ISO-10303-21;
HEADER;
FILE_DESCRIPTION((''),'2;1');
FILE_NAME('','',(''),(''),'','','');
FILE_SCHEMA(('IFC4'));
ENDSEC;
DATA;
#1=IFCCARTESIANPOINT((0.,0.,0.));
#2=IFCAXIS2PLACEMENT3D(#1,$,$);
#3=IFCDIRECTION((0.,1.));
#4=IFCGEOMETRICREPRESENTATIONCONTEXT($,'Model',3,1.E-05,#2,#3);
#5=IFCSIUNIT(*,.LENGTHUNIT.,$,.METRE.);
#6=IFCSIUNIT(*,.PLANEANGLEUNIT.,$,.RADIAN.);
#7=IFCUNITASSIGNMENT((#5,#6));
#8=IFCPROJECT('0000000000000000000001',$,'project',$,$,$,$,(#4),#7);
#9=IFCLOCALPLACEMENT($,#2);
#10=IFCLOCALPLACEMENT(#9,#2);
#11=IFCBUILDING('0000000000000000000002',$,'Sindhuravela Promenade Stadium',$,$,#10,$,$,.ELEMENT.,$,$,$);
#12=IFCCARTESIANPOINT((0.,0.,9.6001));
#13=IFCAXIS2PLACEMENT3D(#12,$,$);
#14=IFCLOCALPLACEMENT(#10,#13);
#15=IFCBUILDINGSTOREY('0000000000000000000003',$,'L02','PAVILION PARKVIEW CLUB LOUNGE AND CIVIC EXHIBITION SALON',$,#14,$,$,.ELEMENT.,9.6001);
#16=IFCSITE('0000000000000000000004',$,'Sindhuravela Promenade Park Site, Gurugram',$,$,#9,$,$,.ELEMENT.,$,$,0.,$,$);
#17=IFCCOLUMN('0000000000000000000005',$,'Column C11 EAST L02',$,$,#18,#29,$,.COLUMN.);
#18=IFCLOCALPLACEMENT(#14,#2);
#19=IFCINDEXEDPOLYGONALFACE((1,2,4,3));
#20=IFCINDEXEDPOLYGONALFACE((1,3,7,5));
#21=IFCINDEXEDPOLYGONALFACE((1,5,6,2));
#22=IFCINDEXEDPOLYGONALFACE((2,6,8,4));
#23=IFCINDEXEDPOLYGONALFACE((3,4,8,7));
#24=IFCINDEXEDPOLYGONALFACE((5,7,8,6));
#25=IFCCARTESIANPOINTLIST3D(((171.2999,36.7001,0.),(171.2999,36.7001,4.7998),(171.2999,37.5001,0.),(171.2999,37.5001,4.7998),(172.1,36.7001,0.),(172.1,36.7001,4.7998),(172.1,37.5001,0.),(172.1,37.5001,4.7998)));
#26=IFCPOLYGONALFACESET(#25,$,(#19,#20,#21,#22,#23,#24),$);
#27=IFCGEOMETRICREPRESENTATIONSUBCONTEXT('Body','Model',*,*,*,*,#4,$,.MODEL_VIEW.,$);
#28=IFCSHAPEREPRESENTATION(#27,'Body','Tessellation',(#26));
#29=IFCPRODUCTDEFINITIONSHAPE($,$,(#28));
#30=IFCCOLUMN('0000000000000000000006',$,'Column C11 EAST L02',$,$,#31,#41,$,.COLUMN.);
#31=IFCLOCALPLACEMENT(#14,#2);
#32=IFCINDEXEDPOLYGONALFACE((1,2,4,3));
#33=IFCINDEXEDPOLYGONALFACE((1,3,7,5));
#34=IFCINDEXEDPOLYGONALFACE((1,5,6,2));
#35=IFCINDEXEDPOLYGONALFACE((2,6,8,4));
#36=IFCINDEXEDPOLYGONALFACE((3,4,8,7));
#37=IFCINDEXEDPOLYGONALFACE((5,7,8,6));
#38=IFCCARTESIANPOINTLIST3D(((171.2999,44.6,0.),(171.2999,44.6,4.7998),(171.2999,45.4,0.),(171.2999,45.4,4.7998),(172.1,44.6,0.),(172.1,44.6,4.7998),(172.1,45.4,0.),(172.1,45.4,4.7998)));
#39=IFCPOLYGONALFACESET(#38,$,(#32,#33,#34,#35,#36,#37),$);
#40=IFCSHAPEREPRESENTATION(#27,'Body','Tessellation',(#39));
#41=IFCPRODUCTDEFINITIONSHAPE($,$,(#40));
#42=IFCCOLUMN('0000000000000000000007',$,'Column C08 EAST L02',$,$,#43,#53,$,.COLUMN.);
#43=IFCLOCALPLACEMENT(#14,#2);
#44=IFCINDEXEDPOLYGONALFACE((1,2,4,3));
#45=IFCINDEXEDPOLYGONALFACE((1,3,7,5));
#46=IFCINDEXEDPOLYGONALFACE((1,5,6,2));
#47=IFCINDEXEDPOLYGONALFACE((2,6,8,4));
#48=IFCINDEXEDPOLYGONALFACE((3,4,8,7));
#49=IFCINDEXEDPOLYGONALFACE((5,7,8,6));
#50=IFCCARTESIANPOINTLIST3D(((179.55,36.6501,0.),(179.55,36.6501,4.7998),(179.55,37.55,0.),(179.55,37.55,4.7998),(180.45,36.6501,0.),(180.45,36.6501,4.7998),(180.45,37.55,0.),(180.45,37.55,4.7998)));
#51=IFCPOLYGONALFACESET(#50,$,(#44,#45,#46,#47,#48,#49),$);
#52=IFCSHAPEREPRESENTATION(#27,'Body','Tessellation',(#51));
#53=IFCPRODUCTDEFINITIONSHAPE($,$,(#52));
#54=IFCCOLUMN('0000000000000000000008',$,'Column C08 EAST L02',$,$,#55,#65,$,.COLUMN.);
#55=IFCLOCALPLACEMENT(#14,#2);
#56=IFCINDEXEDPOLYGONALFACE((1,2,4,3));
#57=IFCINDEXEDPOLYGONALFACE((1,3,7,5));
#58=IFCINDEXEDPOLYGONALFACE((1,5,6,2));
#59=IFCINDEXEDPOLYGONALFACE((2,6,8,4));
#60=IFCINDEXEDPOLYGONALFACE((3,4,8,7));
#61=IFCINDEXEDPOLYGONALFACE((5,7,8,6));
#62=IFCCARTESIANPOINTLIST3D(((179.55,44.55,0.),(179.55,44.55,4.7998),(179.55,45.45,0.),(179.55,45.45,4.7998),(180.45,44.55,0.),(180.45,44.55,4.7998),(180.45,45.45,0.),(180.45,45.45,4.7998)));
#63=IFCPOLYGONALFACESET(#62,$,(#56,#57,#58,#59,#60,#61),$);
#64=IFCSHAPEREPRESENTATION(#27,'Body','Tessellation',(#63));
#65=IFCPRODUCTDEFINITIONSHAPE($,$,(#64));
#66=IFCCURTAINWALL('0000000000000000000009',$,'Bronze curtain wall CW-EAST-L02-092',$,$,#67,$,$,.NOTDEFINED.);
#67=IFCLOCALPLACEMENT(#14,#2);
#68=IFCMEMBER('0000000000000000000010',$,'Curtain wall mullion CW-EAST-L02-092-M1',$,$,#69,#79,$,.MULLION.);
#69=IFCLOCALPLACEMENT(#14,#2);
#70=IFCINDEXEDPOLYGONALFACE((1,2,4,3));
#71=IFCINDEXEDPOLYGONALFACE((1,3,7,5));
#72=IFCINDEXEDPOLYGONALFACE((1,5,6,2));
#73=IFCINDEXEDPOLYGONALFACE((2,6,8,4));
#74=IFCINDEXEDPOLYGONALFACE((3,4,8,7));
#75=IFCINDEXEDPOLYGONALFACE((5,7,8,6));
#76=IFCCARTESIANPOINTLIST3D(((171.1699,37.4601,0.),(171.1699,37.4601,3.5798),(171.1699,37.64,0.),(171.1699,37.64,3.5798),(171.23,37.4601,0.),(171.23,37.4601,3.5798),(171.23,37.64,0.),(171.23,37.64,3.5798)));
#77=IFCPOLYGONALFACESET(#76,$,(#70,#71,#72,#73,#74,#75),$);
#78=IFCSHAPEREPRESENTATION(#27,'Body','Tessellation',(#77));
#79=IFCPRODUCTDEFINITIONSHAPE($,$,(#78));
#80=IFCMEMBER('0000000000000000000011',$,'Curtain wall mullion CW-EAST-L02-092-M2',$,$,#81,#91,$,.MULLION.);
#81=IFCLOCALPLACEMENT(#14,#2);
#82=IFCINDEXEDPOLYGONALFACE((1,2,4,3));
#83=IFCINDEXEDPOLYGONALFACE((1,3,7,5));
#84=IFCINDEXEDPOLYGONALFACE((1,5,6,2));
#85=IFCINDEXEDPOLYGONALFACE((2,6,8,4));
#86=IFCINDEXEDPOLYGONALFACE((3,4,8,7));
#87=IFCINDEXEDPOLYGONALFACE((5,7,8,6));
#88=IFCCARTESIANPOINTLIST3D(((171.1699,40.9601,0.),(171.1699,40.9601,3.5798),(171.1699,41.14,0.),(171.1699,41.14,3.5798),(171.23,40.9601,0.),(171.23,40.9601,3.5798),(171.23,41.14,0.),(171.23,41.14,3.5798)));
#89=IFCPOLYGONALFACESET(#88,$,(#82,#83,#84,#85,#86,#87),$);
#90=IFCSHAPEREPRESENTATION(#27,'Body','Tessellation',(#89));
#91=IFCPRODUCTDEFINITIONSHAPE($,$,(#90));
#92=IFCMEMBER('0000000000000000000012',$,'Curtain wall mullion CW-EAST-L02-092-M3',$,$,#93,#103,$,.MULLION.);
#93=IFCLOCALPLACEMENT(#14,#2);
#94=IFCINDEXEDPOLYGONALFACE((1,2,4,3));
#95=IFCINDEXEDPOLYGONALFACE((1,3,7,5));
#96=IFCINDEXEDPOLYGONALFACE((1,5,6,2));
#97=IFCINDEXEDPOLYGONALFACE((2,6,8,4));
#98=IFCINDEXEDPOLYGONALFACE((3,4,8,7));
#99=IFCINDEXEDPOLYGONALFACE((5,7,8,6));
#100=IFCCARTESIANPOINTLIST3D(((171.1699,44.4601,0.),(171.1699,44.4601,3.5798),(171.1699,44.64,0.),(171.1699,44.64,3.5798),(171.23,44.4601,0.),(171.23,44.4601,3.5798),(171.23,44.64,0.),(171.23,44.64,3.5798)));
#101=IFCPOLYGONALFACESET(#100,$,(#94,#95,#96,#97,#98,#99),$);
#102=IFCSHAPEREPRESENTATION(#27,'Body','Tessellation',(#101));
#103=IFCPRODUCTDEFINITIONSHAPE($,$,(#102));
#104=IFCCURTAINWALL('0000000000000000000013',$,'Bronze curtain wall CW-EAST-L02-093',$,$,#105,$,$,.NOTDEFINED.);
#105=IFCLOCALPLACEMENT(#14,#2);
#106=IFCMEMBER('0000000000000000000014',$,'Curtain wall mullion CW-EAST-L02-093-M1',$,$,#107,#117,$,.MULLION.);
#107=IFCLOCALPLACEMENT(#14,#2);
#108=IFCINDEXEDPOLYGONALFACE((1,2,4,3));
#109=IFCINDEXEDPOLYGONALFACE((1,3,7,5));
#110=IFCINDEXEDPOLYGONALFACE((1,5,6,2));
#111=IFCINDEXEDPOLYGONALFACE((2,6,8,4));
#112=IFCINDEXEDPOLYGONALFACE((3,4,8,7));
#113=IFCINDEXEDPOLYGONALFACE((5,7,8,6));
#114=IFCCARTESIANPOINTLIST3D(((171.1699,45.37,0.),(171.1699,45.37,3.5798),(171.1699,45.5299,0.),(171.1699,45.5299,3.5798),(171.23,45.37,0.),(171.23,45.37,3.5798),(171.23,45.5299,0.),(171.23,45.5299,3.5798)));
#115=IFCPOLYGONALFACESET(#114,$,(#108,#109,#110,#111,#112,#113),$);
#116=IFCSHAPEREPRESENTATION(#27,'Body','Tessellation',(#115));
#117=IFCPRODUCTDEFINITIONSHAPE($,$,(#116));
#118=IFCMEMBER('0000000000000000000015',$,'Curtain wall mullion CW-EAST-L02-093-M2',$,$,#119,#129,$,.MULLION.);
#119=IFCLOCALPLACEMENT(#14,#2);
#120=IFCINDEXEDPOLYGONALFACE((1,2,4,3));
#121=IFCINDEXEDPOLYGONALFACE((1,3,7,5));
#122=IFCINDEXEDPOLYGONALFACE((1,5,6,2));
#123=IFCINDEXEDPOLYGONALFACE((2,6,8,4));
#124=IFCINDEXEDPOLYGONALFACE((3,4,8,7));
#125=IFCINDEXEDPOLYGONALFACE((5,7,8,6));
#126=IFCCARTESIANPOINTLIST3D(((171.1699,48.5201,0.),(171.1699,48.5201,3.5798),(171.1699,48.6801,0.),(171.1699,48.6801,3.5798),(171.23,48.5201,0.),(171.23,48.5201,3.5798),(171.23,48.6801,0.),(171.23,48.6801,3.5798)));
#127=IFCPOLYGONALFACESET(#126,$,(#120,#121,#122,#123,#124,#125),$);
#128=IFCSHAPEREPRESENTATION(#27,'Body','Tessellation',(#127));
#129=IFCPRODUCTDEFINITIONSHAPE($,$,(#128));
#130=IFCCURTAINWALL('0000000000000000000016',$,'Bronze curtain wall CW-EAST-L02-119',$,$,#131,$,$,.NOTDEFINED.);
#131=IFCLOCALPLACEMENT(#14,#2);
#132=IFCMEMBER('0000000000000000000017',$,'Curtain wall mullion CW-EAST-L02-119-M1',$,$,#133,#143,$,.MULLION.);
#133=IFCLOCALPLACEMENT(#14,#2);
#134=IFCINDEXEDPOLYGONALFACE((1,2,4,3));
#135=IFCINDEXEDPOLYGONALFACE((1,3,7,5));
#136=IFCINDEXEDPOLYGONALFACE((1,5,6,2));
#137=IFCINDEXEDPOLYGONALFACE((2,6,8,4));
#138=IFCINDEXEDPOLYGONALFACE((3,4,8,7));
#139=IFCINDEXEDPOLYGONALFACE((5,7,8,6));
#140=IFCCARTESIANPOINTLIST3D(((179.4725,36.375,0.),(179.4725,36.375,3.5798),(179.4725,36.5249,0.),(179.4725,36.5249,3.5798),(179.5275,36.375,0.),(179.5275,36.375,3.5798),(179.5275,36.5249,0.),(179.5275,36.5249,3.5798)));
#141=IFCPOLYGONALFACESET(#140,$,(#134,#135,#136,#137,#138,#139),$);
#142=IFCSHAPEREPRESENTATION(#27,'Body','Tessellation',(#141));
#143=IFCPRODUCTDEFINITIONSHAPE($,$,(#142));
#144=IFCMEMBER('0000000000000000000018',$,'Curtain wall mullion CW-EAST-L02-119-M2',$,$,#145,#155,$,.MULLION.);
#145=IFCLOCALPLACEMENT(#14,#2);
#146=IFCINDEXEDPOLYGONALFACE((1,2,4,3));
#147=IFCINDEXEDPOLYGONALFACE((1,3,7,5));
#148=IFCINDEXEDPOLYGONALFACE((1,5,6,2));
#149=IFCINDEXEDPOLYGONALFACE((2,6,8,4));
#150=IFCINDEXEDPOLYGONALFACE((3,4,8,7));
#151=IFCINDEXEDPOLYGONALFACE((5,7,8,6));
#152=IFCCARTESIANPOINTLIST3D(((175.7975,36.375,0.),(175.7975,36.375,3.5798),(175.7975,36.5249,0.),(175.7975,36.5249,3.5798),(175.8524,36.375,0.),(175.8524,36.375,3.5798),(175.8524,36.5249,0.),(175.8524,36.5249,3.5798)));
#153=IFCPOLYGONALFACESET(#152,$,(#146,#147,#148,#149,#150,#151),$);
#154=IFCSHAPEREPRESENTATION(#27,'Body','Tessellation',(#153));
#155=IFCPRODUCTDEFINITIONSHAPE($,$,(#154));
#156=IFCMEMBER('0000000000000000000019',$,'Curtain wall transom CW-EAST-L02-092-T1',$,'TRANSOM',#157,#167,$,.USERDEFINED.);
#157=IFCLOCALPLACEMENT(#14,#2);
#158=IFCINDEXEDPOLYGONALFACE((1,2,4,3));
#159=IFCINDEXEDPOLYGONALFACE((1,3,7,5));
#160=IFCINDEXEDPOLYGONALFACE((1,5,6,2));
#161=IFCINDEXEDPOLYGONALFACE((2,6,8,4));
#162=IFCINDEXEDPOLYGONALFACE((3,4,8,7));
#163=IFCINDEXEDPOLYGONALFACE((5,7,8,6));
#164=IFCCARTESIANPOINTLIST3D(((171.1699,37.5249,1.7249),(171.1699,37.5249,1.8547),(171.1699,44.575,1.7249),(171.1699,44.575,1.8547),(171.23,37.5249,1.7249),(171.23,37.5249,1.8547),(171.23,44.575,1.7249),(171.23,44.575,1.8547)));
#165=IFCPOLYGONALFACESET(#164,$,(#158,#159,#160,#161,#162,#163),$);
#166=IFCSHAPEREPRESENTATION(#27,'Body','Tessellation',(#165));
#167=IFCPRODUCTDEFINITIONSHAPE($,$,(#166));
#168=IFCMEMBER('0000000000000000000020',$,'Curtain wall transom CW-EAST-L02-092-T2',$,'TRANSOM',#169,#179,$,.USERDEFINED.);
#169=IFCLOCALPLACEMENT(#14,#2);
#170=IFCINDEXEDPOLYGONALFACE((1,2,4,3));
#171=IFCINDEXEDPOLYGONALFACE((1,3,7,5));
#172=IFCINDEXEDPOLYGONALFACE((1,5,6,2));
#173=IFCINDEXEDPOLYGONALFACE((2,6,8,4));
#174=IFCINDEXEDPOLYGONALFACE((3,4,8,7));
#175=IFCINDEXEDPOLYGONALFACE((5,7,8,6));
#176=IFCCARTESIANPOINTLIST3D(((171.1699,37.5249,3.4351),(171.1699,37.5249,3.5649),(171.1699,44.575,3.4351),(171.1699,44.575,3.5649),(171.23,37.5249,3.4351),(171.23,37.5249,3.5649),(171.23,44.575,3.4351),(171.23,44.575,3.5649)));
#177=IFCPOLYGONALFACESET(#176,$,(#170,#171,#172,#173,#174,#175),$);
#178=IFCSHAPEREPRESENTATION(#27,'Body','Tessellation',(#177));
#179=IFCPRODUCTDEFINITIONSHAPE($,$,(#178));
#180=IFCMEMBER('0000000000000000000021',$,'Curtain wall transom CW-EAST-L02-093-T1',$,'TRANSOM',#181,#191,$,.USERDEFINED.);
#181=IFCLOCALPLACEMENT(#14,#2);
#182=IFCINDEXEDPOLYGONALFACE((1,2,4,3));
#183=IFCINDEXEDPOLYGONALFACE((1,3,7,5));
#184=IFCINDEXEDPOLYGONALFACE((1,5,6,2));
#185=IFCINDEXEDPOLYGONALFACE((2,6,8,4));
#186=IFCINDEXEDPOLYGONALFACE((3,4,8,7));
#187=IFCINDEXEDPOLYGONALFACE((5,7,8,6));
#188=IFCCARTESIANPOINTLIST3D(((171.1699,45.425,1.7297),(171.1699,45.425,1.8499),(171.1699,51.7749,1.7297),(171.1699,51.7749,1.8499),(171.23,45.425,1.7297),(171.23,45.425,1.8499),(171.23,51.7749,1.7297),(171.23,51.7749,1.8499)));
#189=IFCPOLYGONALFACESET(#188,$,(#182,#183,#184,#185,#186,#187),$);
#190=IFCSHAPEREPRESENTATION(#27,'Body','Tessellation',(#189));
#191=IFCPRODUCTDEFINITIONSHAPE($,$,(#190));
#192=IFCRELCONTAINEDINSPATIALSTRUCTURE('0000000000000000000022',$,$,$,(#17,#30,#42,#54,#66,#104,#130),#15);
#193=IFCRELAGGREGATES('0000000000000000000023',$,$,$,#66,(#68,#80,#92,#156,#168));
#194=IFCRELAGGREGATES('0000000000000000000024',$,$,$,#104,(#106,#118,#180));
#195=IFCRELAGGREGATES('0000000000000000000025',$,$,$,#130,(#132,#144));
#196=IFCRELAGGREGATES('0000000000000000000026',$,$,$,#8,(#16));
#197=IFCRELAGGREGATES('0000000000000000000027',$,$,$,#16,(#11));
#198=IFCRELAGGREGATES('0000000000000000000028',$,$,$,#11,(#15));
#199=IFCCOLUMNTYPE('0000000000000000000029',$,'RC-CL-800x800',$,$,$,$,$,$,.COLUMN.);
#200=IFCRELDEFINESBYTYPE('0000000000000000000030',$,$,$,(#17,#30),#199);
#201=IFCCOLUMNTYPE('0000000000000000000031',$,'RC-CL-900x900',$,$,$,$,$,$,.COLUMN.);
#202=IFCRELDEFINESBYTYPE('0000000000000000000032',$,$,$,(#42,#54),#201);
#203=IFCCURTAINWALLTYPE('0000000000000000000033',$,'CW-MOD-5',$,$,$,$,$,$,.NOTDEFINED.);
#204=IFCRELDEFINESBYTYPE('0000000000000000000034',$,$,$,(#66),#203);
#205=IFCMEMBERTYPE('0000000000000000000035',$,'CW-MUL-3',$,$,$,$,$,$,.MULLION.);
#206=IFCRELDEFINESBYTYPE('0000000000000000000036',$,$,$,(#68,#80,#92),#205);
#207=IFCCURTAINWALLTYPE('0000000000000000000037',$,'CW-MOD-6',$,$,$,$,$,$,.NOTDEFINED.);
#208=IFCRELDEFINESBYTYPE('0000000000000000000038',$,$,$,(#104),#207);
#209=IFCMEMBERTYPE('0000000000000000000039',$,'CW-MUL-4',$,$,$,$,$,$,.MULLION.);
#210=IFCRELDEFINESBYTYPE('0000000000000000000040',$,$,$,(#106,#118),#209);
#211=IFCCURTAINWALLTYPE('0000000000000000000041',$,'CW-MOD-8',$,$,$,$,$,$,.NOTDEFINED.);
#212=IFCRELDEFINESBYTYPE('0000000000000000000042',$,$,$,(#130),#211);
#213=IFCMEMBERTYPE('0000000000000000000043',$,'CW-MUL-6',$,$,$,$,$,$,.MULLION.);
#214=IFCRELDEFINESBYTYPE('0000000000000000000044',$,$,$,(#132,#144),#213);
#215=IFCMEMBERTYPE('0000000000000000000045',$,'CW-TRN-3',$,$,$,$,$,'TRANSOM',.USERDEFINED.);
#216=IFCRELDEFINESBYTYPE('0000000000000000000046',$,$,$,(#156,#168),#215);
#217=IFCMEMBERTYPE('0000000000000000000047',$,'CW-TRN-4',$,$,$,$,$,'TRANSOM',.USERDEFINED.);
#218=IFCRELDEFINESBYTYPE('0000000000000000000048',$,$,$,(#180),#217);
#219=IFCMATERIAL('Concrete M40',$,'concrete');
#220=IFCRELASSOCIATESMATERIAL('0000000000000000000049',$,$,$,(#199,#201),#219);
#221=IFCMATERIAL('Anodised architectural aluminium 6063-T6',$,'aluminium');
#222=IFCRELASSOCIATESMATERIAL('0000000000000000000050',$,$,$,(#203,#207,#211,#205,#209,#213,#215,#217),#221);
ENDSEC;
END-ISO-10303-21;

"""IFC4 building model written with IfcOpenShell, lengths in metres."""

from ifc_helpers import new_model, si_unit, direction, frame, origin, origin_2d, place, context, subcontext, project, spatial, rectangle, extrude, material, material_profile, profile_set, type_object, element, aggregate, save


model = new_model("IFC4")

# Units and contexts
model_context = context("Model", 3, precision=1e-05, world=origin(), true_north=direction((0.0, 1.0)))
body_context = subcontext(model_context, "Body", "Model", "MODEL_VIEW")
ifc_project = project(units=[si_unit("LENGTHUNIT", "METRE"), si_unit("PLANEANGLEUNIT", "RADIAN")], contexts=[model_context])

# Site, building, storey
site_placement = place(None, origin())
site = spatial("IfcSite", under=ifc_project, at=site_placement, Name="Sindhuravela Promenade Park Site, Gurugram", CompositionType="ELEMENT", RefElevation=0.0)
building_placement = place(site_placement, origin())
building = spatial("IfcBuilding", under=site, at=building_placement, Name="Sindhuravela Promenade Stadium", CompositionType="ELEMENT")
storey_placement = place(building_placement, frame((0.0, 0.0, 9.6001)))
storey = spatial("IfcBuildingStorey", under=building, at=storey_placement, Name="L02", Description="PAVILION PARKVIEW CLUB LOUNGE AND CIVIC EXHIBITION SALON", CompositionType="ELEMENT", Elevation=9.6001)

# Columns
ifc_material_1 = material(Name="Concrete M40", Category="concrete")
ifc_material_profile_1 = material_profile(ifc_material_1, rectangle(XDim=0.8, YDim=0.8, at=origin_2d()), Name="RC 800x800")
ifc_profile_set_1 = profile_set([ifc_material_profile_1], Name="Concrete M40")
column_type_1 = type_object("IfcColumnType", Name="RC-CL-800x800", PredefinedType="COLUMN", material=ifc_profile_set_1)
for number, where, z_axis, x_axis, name in (
    (1, (171.7, 37.1001, 0.0), (0.0, 0.0, 1.0), (1.0, 0.0, 0.0), "Column C11 EAST L02"),
    (2, (171.7, 45.0, 0.0), (0.0, 0.0, 1.0), (1.0, 0.0, 0.0), "Column C11 EAST L02"),
):
    element("IfcColumn", number, at=place(storey_placement, frame(where, z_axis=z_axis, x_axis=x_axis)), inside=storey, type_object=column_type_1, Name=name, PredefinedType="COLUMN", context=body_context, shape_type="SweptSolid", body=[
        extrude(rectangle(XDim=0.8, YDim=0.8, at=origin_2d()), origin(), (0.0, 0.0, 1.0), 4.7998),
    ])
ifc_material_profile_2 = material_profile(ifc_material_1, rectangle(XDim=0.8999, YDim=0.8999, at=origin_2d()), Name="RC 900x900")
ifc_profile_set_2 = profile_set([ifc_material_profile_2], Name="Concrete M40")
column_type_2 = type_object("IfcColumnType", Name="RC-CL-900x900", PredefinedType="COLUMN", material=ifc_profile_set_2)
for number, where, z_axis, x_axis, name in (
    (3, (180.0, 37.1001, 0.0), (0.0, 0.0, 1.0), (1.0, 0.0, 0.0), "Column C08 EAST L02"),
    (4, (180.0, 45.0, 0.0), (0.0, 0.0, 1.0), (1.0, 0.0, 0.0), "Column C08 EAST L02"),
):
    element("IfcColumn", number, at=place(storey_placement, frame(where, z_axis=z_axis, x_axis=x_axis)), inside=storey, type_object=column_type_2, Name=name, PredefinedType="COLUMN", context=body_context, shape_type="SweptSolid", body=[
        extrude(rectangle(XDim=0.8999, YDim=0.8999, at=origin_2d()), origin(), (0.0, 0.0, 1.0), 4.7998),
    ])

# Curtain walls, members
ifc_material_2 = material(Name="Anodised architectural aluminium 6063-T6", Category="aluminium")
curtain_wall_type_1 = type_object("IfcCurtainWallType", Name="CW-MOD-5", PredefinedType="NOTDEFINED", material=ifc_material_2)
curtain_wall_1_placement = place(storey_placement, origin())
curtain_wall_1 = element("IfcCurtainWall", 5, at=curtain_wall_1_placement, inside=storey, type_object=curtain_wall_type_1, Name="Bronze curtain wall CW-EAST-L02-092", PredefinedType="NOTDEFINED")
ifc_material_profile_3 = material_profile(ifc_material_2, rectangle(XDim=0.0601, YDim=0.1799, at=origin_2d()), Name="ALU M60x180")
ifc_profile_set_3 = profile_set([ifc_material_profile_3], Name="Anodised architectural aluminium 6063-T6")
member_type_1 = type_object("IfcMemberType", Name="CW-MUL-3", PredefinedType="MULLION", material=ifc_profile_set_3)
member_1_placement = place(storey_placement, frame((171.2, 37.55, 0.0), z_axis=(0.0, 0.0, 1.0), x_axis=(1.0, 0.0, 0.0)))
member_1 = element("IfcMember", 6, at=member_1_placement, type_object=member_type_1, Name="Curtain wall mullion CW-EAST-L02-092-M1", PredefinedType="MULLION", context=body_context, shape_type="SweptSolid", body=[
    extrude(rectangle(XDim=0.0601, YDim=0.1799, at=origin_2d()), origin(), (0.0, 0.0, 1.0), 3.5798),
])
member_2_placement = place(storey_placement, frame((171.2, 41.05, 0.0), z_axis=(0.0, 0.0, 1.0), x_axis=(1.0, 0.0, 0.0)))
member_2 = element("IfcMember", 7, at=member_2_placement, type_object=member_type_1, Name="Curtain wall mullion CW-EAST-L02-092-M2", PredefinedType="MULLION", context=body_context, shape_type="SweptSolid", body=[
    extrude(rectangle(XDim=0.0601, YDim=0.1799, at=origin_2d()), origin(), (0.0, 0.0, 1.0), 3.5798),
])
member_3_placement = place(storey_placement, frame((171.2, 44.55, 0.0), z_axis=(0.0, 0.0, 1.0), x_axis=(1.0, 0.0, 0.0)))
member_3 = element("IfcMember", 8, at=member_3_placement, type_object=member_type_1, Name="Curtain wall mullion CW-EAST-L02-092-M3", PredefinedType="MULLION", context=body_context, shape_type="SweptSolid", body=[
    extrude(rectangle(XDim=0.0601, YDim=0.1799, at=origin_2d()), origin(), (0.0, 0.0, 1.0), 3.5798),
])
curtain_wall_type_2 = type_object("IfcCurtainWallType", Name="CW-MOD-6", PredefinedType="NOTDEFINED", material=ifc_material_2)
curtain_wall_2_placement = place(storey_placement, origin())
curtain_wall_2 = element("IfcCurtainWall", 9, at=curtain_wall_2_placement, inside=storey, type_object=curtain_wall_type_2, Name="Bronze curtain wall CW-EAST-L02-093", PredefinedType="NOTDEFINED")
ifc_material_profile_4 = material_profile(ifc_material_2, rectangle(XDim=0.0601, YDim=0.1599, at=origin_2d()), Name="ALU M60x160")
ifc_profile_set_4 = profile_set([ifc_material_profile_4], Name="Anodised architectural aluminium 6063-T6")
member_type_2 = type_object("IfcMemberType", Name="CW-MUL-4", PredefinedType="MULLION", material=ifc_profile_set_4)
member_4_placement = place(storey_placement, frame((171.2, 45.45, 0.0), z_axis=(0.0, 0.0, 1.0), x_axis=(1.0, 0.0, 0.0)))
member_4 = element("IfcMember", 10, at=member_4_placement, type_object=member_type_2, Name="Curtain wall mullion CW-EAST-L02-093-M1", PredefinedType="MULLION", context=body_context, shape_type="SweptSolid", body=[
    extrude(rectangle(XDim=0.0601, YDim=0.1599, at=origin_2d()), origin(), (0.0, 0.0, 1.0), 3.5798),
])
member_5_placement = place(storey_placement, frame((171.2, 48.6001, 0.0), z_axis=(0.0, 0.0, 1.0), x_axis=(1.0, 0.0, 0.0)))
member_5 = element("IfcMember", 11, at=member_5_placement, type_object=member_type_2, Name="Curtain wall mullion CW-EAST-L02-093-M2", PredefinedType="MULLION", context=body_context, shape_type="SweptSolid", body=[
    extrude(rectangle(XDim=0.0601, YDim=0.1599, at=origin_2d()), origin(), (0.0, 0.0, 1.0), 3.5798),
])
curtain_wall_type_3 = type_object("IfcCurtainWallType", Name="CW-MOD-8", PredefinedType="NOTDEFINED", material=ifc_material_2)
curtain_wall_3_placement = place(storey_placement, origin())
curtain_wall_3 = element("IfcCurtainWall", 12, at=curtain_wall_3_placement, inside=storey, type_object=curtain_wall_type_3, Name="Bronze curtain wall CW-EAST-L02-119", PredefinedType="NOTDEFINED")
ifc_material_profile_5 = material_profile(ifc_material_2, rectangle(XDim=0.0549, YDim=0.1499, at=origin_2d()), Name="ALU M55x150")
ifc_profile_set_5 = profile_set([ifc_material_profile_5], Name="Anodised architectural aluminium 6063-T6")
member_type_3 = type_object("IfcMemberType", Name="CW-MUL-6", PredefinedType="MULLION", material=ifc_profile_set_5)
member_6_placement = place(storey_placement, frame((179.5, 36.45, 0.0), z_axis=(0.0, 0.0, 1.0), x_axis=(1.0, 0.0, 0.0)))
member_6 = element("IfcMember", 13, at=member_6_placement, type_object=member_type_3, Name="Curtain wall mullion CW-EAST-L02-119-M1", PredefinedType="MULLION", context=body_context, shape_type="SweptSolid", body=[
    extrude(rectangle(XDim=0.0549, YDim=0.1499, at=origin_2d()), origin(), (0.0, 0.0, 1.0), 3.5798),
])
member_7_placement = place(storey_placement, frame((175.825, 36.45, 0.0), z_axis=(0.0, 0.0, 1.0), x_axis=(1.0, 0.0, 0.0)))
member_7 = element("IfcMember", 14, at=member_7_placement, type_object=member_type_3, Name="Curtain wall mullion CW-EAST-L02-119-M2", PredefinedType="MULLION", context=body_context, shape_type="SweptSolid", body=[
    extrude(rectangle(XDim=0.0549, YDim=0.1499, at=origin_2d()), origin(), (0.0, 0.0, 1.0), 3.5798),
])

# Members
ifc_material_profile_6 = material_profile(ifc_material_2, rectangle(XDim=0.0601, YDim=0.1299, at=origin_2d()), Name="ALU T60x130")
ifc_profile_set_6 = profile_set([ifc_material_profile_6], Name="Anodised architectural aluminium 6063-T6")
member_type_4 = type_object("IfcMemberType", Name="CW-TRN-3", ElementType="TRANSOM", PredefinedType="USERDEFINED", material=ifc_profile_set_6)
member_8_placement = place(storey_placement, frame((171.2, 37.5249, 1.7898), z_axis=(0.0, 1.0, 0.0), x_axis=(-1.0, 0.0, 0.0)))
member_8 = element("IfcMember", 15, at=member_8_placement, type_object=member_type_4, Name="Curtain wall transom CW-EAST-L02-092-T1", ObjectType="TRANSOM", PredefinedType="USERDEFINED", context=body_context, shape_type="SweptSolid", body=[
    extrude(rectangle(XDim=0.0601, YDim=0.1299, at=origin_2d()), origin(), (0.0, 0.0, 1.0), 7.05),
])
member_9_placement = place(storey_placement, frame((171.2, 37.5249, 3.5), z_axis=(0.0, 1.0, 0.0), x_axis=(-1.0, 0.0, 0.0)))
member_9 = element("IfcMember", 16, at=member_9_placement, type_object=member_type_4, Name="Curtain wall transom CW-EAST-L02-092-T2", ObjectType="TRANSOM", PredefinedType="USERDEFINED", context=body_context, shape_type="SweptSolid", body=[
    extrude(rectangle(XDim=0.0601, YDim=0.1299, at=origin_2d()), origin(), (0.0, 0.0, 1.0), 7.05),
])
ifc_material_profile_7 = material_profile(ifc_material_2, rectangle(XDim=0.0601, YDim=0.1201, at=origin_2d()), Name="ALU T60x120")
ifc_profile_set_7 = profile_set([ifc_material_profile_7], Name="Anodised architectural aluminium 6063-T6")
member_type_5 = type_object("IfcMemberType", Name="CW-TRN-4", ElementType="TRANSOM", PredefinedType="USERDEFINED", material=ifc_profile_set_7)
member_10_placement = place(storey_placement, frame((171.2, 45.425, 1.7898), z_axis=(0.0, 1.0, 0.0), x_axis=(-1.0, 0.0, 0.0)))
member_10 = element("IfcMember", 17, at=member_10_placement, type_object=member_type_5, Name="Curtain wall transom CW-EAST-L02-093-T1", ObjectType="TRANSOM", PredefinedType="USERDEFINED", context=body_context, shape_type="SweptSolid", body=[
    extrude(rectangle(XDim=0.0601, YDim=0.1201, at=origin_2d()), origin(), (0.0, 0.0, 1.0), 6.3499),
])

aggregate(curtain_wall_1, [member_1, member_2, member_3, member_8, member_9])
aggregate(curtain_wall_2, [member_4, member_5, member_10])
aggregate(curtain_wall_3, [member_6, member_7])

save(model, "model.ifc")
